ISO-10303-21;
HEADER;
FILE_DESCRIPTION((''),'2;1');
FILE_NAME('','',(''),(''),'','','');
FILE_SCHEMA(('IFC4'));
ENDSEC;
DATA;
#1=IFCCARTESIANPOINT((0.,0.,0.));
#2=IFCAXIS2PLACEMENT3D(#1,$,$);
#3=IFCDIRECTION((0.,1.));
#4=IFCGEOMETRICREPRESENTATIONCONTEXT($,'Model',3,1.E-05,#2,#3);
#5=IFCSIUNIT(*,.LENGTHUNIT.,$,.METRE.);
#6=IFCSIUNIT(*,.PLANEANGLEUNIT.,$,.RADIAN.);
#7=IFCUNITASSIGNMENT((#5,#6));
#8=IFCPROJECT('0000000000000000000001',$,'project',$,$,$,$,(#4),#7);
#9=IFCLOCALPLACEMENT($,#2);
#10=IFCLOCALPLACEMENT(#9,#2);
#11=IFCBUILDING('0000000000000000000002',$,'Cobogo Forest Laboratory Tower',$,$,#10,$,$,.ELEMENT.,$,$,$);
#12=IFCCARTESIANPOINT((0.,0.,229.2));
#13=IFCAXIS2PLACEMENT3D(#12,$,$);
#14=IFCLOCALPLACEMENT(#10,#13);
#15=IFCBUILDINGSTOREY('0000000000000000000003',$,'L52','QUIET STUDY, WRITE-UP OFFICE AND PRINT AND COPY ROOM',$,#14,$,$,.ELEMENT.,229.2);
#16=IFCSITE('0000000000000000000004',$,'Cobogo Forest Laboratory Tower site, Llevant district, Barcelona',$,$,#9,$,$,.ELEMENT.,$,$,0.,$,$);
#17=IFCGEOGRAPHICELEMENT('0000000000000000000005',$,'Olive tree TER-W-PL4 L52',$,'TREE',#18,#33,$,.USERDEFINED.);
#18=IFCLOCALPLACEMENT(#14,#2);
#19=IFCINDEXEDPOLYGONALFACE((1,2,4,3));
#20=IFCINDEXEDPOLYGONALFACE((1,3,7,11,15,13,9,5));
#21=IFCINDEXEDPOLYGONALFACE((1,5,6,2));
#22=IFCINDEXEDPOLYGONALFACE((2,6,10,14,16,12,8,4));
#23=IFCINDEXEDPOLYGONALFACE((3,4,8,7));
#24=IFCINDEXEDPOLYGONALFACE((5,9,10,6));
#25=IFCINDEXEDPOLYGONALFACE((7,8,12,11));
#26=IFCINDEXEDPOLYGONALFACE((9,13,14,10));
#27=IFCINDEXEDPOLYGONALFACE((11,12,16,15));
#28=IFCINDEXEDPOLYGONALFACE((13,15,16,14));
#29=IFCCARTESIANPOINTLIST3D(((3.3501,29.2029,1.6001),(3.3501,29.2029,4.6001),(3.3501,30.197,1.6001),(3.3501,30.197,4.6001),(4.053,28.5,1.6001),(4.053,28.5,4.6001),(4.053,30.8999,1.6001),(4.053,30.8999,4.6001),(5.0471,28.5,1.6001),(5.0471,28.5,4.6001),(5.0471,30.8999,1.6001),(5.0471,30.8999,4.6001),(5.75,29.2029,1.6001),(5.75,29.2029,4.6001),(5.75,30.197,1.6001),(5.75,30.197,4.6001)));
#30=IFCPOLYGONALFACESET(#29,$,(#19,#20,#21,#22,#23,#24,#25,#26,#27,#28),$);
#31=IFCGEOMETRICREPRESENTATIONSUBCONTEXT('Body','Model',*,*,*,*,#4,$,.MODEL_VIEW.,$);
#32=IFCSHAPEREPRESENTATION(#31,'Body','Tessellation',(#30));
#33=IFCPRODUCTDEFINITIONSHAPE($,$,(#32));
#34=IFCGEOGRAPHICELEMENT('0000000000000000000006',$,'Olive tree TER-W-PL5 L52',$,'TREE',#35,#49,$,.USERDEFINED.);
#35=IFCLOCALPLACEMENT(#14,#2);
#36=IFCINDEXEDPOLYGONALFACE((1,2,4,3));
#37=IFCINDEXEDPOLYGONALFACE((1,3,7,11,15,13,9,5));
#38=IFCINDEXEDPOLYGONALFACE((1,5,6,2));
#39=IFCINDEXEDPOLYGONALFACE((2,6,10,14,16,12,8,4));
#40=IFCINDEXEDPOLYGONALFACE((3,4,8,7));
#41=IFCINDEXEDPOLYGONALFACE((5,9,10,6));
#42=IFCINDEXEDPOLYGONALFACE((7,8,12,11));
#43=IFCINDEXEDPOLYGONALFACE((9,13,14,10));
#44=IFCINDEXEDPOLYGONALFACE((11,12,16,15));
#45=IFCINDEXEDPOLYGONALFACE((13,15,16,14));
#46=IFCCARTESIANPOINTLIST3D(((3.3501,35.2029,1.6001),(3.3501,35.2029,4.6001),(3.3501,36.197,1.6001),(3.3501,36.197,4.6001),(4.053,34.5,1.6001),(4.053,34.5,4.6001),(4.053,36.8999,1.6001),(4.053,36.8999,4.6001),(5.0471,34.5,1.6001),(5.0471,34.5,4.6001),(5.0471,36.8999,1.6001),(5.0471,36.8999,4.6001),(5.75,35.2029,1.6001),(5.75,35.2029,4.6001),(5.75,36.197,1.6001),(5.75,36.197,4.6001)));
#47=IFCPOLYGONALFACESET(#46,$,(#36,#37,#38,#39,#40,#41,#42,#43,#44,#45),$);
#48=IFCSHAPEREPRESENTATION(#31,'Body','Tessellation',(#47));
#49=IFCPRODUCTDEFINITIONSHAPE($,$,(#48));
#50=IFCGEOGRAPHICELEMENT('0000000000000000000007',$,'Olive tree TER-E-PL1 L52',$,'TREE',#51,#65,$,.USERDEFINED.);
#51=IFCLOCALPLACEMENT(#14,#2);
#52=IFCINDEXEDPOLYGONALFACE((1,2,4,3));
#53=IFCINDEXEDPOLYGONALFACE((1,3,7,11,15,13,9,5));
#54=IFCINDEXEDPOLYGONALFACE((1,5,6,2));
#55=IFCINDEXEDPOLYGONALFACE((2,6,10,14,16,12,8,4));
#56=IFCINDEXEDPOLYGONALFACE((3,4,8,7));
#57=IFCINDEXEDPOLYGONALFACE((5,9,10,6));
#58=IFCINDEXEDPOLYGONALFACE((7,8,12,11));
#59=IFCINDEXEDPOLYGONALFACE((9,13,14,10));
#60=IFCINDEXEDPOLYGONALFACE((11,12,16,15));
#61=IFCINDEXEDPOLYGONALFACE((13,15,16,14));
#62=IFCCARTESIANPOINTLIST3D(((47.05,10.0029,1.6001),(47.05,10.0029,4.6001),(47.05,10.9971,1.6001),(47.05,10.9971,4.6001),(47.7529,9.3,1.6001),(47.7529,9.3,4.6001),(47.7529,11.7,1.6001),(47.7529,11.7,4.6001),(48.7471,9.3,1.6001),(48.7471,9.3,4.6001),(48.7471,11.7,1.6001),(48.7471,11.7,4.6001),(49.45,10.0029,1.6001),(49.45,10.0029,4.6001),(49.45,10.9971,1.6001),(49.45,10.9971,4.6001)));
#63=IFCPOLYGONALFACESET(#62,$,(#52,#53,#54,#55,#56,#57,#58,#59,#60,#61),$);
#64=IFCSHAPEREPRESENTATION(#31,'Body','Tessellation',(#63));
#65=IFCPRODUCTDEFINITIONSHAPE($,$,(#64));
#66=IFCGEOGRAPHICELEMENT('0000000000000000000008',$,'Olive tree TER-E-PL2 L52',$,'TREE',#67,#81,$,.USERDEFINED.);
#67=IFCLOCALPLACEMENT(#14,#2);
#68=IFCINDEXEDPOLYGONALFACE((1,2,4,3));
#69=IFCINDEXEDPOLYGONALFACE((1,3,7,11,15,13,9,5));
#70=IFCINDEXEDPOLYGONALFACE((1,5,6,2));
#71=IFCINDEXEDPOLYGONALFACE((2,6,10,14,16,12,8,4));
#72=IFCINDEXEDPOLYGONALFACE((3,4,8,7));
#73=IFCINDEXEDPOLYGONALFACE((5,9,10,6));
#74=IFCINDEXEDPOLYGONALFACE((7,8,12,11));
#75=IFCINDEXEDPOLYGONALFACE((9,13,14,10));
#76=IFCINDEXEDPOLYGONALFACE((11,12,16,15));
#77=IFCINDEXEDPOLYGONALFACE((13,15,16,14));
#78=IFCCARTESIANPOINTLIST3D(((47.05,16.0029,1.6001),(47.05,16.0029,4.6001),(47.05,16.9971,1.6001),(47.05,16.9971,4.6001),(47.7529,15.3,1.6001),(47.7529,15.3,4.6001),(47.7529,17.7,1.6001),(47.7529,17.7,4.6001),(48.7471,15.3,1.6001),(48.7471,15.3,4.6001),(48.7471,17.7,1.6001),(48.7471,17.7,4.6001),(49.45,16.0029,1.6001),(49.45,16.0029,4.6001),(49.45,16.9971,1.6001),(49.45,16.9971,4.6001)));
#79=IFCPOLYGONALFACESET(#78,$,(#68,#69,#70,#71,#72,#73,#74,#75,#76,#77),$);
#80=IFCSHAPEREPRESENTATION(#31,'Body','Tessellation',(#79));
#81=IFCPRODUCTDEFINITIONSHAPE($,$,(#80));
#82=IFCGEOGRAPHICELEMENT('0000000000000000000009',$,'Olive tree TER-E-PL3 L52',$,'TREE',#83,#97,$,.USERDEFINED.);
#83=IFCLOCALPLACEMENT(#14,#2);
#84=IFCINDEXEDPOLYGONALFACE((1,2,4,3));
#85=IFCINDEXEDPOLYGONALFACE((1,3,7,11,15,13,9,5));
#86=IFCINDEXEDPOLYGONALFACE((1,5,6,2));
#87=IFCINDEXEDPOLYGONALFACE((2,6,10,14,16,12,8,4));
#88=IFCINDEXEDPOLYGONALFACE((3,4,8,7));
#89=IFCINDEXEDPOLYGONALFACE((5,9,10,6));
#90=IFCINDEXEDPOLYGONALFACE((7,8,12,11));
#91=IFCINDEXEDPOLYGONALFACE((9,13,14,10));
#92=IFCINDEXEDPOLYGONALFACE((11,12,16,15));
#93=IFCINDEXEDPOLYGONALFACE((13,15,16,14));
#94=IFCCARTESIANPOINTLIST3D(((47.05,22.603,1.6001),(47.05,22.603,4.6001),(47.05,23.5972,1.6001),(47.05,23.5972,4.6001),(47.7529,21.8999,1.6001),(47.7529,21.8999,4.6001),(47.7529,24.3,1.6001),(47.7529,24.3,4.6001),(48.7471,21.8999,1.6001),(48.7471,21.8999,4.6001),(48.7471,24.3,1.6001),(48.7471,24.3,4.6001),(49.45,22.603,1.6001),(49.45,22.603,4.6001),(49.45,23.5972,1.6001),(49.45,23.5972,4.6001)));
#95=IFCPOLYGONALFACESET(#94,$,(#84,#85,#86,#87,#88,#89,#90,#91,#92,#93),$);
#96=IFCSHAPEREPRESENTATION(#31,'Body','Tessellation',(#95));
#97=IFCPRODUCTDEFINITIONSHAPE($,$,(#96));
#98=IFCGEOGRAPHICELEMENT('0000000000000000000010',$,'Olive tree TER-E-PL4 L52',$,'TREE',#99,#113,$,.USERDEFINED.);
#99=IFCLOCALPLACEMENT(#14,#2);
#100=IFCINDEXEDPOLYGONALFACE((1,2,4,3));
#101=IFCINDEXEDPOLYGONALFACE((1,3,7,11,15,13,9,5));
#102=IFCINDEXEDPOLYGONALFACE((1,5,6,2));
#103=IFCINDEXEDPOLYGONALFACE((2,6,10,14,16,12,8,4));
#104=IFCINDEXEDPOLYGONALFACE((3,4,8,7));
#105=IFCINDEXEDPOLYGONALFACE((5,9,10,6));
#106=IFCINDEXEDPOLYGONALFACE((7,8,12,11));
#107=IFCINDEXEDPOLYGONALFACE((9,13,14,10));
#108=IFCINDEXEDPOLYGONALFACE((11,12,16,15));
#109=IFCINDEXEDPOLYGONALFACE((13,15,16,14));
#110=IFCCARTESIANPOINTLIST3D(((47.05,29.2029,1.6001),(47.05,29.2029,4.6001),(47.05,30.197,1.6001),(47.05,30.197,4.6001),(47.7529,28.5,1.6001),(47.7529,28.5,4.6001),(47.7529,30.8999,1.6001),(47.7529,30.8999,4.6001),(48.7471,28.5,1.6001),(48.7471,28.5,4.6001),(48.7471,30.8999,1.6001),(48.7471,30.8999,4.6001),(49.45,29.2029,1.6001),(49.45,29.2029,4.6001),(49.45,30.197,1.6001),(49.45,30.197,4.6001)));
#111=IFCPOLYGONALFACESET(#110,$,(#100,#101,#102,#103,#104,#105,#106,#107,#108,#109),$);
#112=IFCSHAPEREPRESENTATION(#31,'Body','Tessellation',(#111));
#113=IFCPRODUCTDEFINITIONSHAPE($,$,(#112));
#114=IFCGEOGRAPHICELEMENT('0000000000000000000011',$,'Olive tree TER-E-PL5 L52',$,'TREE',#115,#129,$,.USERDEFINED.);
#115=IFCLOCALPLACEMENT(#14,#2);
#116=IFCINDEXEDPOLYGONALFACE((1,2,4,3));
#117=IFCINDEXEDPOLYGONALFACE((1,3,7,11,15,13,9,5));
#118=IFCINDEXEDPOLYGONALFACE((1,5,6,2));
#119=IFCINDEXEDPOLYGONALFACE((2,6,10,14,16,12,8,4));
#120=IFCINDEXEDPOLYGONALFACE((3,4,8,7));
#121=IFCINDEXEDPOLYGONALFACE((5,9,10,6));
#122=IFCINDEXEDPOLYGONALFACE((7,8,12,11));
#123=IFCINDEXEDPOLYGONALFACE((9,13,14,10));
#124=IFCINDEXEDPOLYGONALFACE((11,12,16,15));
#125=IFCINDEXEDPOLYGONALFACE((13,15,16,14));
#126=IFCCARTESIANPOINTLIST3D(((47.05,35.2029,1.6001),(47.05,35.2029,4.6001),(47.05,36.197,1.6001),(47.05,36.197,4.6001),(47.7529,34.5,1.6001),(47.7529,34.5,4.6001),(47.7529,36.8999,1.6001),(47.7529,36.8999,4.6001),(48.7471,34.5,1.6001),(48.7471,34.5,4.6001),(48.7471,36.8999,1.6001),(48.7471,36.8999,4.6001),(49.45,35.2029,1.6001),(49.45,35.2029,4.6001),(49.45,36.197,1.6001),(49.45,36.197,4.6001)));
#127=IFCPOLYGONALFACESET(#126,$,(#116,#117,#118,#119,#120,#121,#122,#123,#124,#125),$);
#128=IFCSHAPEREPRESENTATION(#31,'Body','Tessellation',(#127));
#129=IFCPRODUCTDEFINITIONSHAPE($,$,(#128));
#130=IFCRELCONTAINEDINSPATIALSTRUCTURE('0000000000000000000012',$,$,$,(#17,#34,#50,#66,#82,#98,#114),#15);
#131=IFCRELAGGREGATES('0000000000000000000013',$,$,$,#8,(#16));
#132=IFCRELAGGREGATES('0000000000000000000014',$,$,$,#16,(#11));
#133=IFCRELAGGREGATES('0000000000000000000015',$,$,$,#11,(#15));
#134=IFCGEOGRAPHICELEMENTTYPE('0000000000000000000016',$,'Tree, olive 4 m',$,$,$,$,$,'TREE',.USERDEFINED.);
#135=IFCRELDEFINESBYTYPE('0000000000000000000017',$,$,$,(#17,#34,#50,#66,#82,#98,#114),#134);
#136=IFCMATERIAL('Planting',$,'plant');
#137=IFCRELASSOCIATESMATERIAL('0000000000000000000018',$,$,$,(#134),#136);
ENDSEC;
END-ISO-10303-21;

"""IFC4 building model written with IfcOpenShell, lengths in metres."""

from ifc_helpers import new_model, si_unit, direction, frame, origin, place, context, subcontext, project, spatial, polyline, outline, extrude, material, type_object, element, save


model = new_model("IFC4")

# Units and contexts
model_context = context("Model", 3, precision=1e-05, world=origin(), true_north=direction((0.0, 1.0)))
body_context = subcontext(model_context, "Body", "Model", "MODEL_VIEW")
ifc_project = project(units=[si_unit("LENGTHUNIT", "METRE"), si_unit("PLANEANGLEUNIT", "RADIAN")], contexts=[model_context])

# Site, building, storey
site_placement = place(None, origin())
site = spatial("IfcSite", under=ifc_project, at=site_placement, Name="Cobogo Forest Laboratory Tower site, Llevant district, Barcelona", CompositionType="ELEMENT", RefElevation=0.0)
building_placement = place(site_placement, origin())
building = spatial("IfcBuilding", under=site, at=building_placement, Name="Cobogo Forest Laboratory Tower", CompositionType="ELEMENT")
storey_placement = place(building_placement, frame((0.0, 0.0, 229.2)))
storey = spatial("IfcBuildingStorey", under=building, at=storey_placement, Name="L52", Description="QUIET STUDY, WRITE-UP OFFICE AND PRINT AND COPY ROOM", CompositionType="ELEMENT", Elevation=229.2)

# Geographic elements
ifc_material_1 = material(Name="Planting", Category="plant")
geographic_element_type = type_object("IfcGeographicElementType", Name="Tree, olive 4 m", ElementType="TREE", PredefinedType="USERDEFINED", material=ifc_material_1)
geographic_element_1_placement = place(storey_placement, frame((0.0, 0.0, 1.6001)))
element("IfcGeographicElement", 1, at=geographic_element_1_placement, inside=storey, type_object=geographic_element_type, Name="Olive tree TER-W-PL4 L52", ObjectType="TREE", PredefinedType="USERDEFINED", context=body_context, shape_type="SweptSolid", body=[
    extrude(outline(polyline([(5.75, 29.2029), (5.75, 30.197), (5.0471, 30.8999), (4.053, 30.8999), (3.3501, 30.197), (3.3501, 29.2029), (4.053, 28.5), (5.0471, 28.5), (5.75, 29.2029)])), origin(), (0.0, 0.0, 1.0), 3.0),
])
geographic_element_2_placement = place(storey_placement, frame((0.0, 0.0, 1.6001)))
element("IfcGeographicElement", 2, at=geographic_element_2_placement, inside=storey, type_object=geographic_element_type, Name="Olive tree TER-W-PL5 L52", ObjectType="TREE", PredefinedType="USERDEFINED", context=body_context, shape_type="SweptSolid", body=[
    extrude(outline(polyline([(5.75, 35.2029), (5.75, 36.197), (5.0471, 36.8999), (4.053, 36.8999), (3.3501, 36.197), (3.3501, 35.2029), (4.053, 34.5), (5.0471, 34.5), (5.75, 35.2029)])), origin(), (0.0, 0.0, 1.0), 3.0),
])
geographic_element_3_placement = place(storey_placement, frame((0.0, 0.0, 1.6001)))
element("IfcGeographicElement", 3, at=geographic_element_3_placement, inside=storey, type_object=geographic_element_type, Name="Olive tree TER-E-PL1 L52", ObjectType="TREE", PredefinedType="USERDEFINED", context=body_context, shape_type="SweptSolid", body=[
    extrude(outline(polyline([(49.45, 10.0029), (49.45, 10.9971), (48.7471, 11.7), (47.7529, 11.7), (47.05, 10.9971), (47.05, 10.0029), (47.7529, 9.3), (48.7471, 9.3), (49.45, 10.0029)])), origin(), (0.0, 0.0, 1.0), 3.0),
])
geographic_element_4_placement = place(storey_placement, frame((0.0, 0.0, 1.6001)))
element("IfcGeographicElement", 4, at=geographic_element_4_placement, inside=storey, type_object=geographic_element_type, Name="Olive tree TER-E-PL2 L52", ObjectType="TREE", PredefinedType="USERDEFINED", context=body_context, shape_type="SweptSolid", body=[
    extrude(outline(polyline([(49.45, 16.0029), (49.45, 16.9971), (48.7471, 17.7), (47.7529, 17.7), (47.05, 16.9971), (47.05, 16.0029), (47.7529, 15.3), (48.7471, 15.3), (49.45, 16.0029)])), origin(), (0.0, 0.0, 1.0), 3.0),
])
geographic_element_5_placement = place(storey_placement, frame((0.0, 0.0, 1.6001)))
element("IfcGeographicElement", 5, at=geographic_element_5_placement, inside=storey, type_object=geographic_element_type, Name="Olive tree TER-E-PL3 L52", ObjectType="TREE", PredefinedType="USERDEFINED", context=body_context, shape_type="SweptSolid", body=[
    extrude(outline(polyline([(49.45, 22.603), (49.45, 23.5972), (48.7471, 24.3), (47.7529, 24.3), (47.05, 23.5972), (47.05, 22.603), (47.7529, 21.8999), (48.7471, 21.8999), (49.45, 22.603)])), origin(), (0.0, 0.0, 1.0), 3.0),
])
geographic_element_6_placement = place(storey_placement, frame((0.0, 0.0, 1.6001)))
element("IfcGeographicElement", 6, at=geographic_element_6_placement, inside=storey, type_object=geographic_element_type, Name="Olive tree TER-E-PL4 L52", ObjectType="TREE", PredefinedType="USERDEFINED", context=body_context, shape_type="SweptSolid", body=[
    extrude(outline(polyline([(49.45, 29.2029), (49.45, 30.197), (48.7471, 30.8999), (47.7529, 30.8999), (47.05, 30.197), (47.05, 29.2029), (47.7529, 28.5), (48.7471, 28.5), (49.45, 29.2029)])), origin(), (0.0, 0.0, 1.0), 3.0),
])
geographic_element_7_placement = place(storey_placement, frame((0.0, 0.0, 1.6001)))
element("IfcGeographicElement", 7, at=geographic_element_7_placement, inside=storey, type_object=geographic_element_type, Name="Olive tree TER-E-PL5 L52", ObjectType="TREE", PredefinedType="USERDEFINED", context=body_context, shape_type="SweptSolid", body=[
    extrude(outline(polyline([(49.45, 35.2029), (49.45, 36.197), (48.7471, 36.8999), (47.7529, 36.8999), (47.05, 36.197), (47.05, 35.2029), (47.7529, 34.5), (48.7471, 34.5), (49.45, 35.2029)])), origin(), (0.0, 0.0, 1.0), 3.0),
])

save(model, "model.ifc")
